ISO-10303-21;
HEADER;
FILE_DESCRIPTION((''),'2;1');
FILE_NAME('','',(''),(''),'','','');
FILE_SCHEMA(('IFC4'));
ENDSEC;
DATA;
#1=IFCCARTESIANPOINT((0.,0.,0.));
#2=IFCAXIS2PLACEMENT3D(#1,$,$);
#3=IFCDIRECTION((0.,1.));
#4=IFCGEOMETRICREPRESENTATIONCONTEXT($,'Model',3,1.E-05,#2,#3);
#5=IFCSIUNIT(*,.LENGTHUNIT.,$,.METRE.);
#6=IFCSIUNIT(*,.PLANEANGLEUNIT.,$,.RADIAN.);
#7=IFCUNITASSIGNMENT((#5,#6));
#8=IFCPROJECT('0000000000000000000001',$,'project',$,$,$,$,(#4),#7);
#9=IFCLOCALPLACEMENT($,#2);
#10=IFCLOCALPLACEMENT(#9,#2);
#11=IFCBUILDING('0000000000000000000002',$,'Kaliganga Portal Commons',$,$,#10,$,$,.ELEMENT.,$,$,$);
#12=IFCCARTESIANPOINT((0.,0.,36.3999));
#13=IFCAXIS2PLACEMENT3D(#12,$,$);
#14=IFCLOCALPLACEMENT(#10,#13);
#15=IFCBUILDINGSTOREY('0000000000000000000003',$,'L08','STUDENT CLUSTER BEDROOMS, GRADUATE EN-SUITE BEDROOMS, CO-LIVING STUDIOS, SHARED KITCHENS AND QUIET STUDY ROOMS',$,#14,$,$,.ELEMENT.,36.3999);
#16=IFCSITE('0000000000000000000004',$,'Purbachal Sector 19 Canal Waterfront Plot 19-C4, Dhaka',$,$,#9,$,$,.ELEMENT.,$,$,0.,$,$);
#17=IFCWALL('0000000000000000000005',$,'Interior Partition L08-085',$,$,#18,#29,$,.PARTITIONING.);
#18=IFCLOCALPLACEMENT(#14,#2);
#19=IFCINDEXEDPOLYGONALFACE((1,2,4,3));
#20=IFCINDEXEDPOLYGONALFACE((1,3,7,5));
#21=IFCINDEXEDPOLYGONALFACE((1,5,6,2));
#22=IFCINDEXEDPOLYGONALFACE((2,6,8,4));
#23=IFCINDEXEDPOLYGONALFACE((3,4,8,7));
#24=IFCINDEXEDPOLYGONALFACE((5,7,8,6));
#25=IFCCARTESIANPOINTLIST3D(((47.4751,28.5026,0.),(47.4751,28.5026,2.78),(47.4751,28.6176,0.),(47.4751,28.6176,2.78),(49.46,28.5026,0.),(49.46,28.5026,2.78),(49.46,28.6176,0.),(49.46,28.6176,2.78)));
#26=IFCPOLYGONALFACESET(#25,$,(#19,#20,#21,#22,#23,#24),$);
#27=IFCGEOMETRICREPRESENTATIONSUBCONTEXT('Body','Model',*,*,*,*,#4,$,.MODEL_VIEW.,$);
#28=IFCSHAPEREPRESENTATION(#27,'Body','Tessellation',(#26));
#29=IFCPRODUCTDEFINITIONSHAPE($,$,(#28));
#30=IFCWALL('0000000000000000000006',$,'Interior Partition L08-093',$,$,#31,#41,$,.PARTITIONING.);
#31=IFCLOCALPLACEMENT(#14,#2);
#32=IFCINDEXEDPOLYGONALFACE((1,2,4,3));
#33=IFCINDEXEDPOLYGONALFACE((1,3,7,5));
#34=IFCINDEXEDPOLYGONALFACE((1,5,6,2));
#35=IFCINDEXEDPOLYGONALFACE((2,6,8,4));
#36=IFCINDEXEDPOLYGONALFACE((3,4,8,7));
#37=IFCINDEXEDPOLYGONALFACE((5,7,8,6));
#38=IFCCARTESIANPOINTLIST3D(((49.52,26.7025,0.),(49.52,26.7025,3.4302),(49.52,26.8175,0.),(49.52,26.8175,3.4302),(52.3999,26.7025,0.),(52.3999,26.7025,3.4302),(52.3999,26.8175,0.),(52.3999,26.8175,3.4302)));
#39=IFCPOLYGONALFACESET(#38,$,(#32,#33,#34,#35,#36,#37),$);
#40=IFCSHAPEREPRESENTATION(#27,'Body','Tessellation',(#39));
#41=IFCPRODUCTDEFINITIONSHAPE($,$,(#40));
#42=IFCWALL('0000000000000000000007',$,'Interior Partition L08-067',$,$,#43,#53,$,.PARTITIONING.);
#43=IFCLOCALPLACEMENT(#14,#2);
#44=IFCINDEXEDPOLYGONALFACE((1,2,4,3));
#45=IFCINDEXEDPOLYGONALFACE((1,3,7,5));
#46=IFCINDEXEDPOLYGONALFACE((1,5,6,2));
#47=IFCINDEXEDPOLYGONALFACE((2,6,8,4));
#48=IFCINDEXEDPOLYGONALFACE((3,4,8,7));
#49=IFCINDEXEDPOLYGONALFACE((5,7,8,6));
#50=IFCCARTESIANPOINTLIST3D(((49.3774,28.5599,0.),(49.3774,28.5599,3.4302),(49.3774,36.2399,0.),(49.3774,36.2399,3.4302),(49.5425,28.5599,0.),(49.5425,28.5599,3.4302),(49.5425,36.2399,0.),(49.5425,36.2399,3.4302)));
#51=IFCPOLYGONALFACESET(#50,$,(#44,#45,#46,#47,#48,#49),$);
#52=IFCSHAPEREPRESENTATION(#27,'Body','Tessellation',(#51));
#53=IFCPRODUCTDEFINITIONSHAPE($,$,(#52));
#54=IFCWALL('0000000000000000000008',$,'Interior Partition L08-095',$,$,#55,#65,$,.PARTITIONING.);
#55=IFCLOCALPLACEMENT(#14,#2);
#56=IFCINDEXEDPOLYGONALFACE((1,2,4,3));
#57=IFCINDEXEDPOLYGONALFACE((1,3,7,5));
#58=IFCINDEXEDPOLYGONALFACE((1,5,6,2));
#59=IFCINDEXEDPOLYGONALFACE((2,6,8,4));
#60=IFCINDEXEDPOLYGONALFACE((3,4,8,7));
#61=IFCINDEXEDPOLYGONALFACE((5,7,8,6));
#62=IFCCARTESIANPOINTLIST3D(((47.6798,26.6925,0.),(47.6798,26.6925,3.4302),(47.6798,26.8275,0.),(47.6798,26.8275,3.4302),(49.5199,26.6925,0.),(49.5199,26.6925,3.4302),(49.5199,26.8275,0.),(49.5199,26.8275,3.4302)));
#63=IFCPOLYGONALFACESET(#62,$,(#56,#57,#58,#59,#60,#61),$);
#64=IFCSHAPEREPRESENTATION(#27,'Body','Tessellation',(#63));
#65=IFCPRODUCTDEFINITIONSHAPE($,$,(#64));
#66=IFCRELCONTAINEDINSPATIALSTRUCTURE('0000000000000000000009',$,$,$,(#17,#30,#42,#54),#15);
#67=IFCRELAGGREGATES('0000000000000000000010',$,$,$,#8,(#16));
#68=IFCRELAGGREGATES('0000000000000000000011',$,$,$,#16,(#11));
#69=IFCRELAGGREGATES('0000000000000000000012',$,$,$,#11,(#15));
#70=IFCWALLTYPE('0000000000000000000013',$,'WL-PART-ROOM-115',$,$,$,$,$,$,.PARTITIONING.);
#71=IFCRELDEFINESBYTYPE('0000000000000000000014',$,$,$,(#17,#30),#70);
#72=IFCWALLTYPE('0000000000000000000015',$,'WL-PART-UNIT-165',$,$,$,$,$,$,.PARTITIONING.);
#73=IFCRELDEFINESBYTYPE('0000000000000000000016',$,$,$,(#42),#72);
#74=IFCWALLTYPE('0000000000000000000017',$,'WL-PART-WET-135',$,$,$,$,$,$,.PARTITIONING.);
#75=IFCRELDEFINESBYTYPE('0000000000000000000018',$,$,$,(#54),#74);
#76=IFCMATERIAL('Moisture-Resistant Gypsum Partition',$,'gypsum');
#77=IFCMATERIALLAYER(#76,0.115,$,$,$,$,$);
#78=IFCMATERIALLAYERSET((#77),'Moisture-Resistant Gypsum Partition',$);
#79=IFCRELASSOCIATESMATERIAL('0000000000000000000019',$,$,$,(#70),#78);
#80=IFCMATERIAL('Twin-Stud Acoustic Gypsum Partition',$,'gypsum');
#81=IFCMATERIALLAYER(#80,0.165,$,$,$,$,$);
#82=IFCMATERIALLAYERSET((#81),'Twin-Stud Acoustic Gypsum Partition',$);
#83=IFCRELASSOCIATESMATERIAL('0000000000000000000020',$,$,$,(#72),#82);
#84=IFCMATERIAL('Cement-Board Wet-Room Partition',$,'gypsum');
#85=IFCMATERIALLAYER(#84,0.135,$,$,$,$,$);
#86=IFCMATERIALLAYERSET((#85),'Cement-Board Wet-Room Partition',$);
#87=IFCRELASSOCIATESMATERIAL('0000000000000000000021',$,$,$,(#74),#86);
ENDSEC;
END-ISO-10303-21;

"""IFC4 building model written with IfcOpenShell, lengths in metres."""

from ifc_helpers import new_model, si_unit, direction, frame, frame_2d, origin, place, context, subcontext, project, spatial, rectangle, extrude, material, layer, layer_set, type_object, element, save


model = new_model("IFC4")

# Units and contexts
model_context = context("Model", 3, precision=1e-05, world=origin(), true_north=direction((0.0, 1.0)))
body_context = subcontext(model_context, "Body", "Model", "MODEL_VIEW")
ifc_project = project(units=[si_unit("LENGTHUNIT", "METRE"), si_unit("PLANEANGLEUNIT", "RADIAN")], contexts=[model_context])

# Site, building, storey
site_placement = place(None, origin())
site = spatial("IfcSite", under=ifc_project, at=site_placement, Name="Purbachal Sector 19 Canal Waterfront Plot 19-C4, Dhaka", CompositionType="ELEMENT", RefElevation=0.0)
building_placement = place(site_placement, origin())
building = spatial("IfcBuilding", under=site, at=building_placement, Name="Kaliganga Portal Commons", CompositionType="ELEMENT")
storey_placement = place(building_placement, frame((0.0, 0.0, 36.3999)))
storey = spatial("IfcBuildingStorey", under=building, at=storey_placement, Name="L08", Description="STUDENT CLUSTER BEDROOMS, GRADUATE EN-SUITE BEDROOMS, CO-LIVING STUDIOS, SHARED KITCHENS AND QUIET STUDY ROOMS", CompositionType="ELEMENT", Elevation=36.3999)

# Walls
ifc_material_1 = material(Name="Moisture-Resistant Gypsum Partition", Category="gypsum")
ifc_layer_1 = layer(ifc_material_1, 0.115)
ifc_layer_set_1 = layer_set([ifc_layer_1], Name="Moisture-Resistant Gypsum Partition")
wall_type_1 = type_object("IfcWallType", Name="WL-PART-ROOM-115", PredefinedType="PARTITIONING", material=ifc_layer_set_1)
wall_1_placement = place(storey_placement, frame((47.4751, 28.5601, 0.0), z_axis=(0.0, 0.0, 1.0), x_axis=(1.0, 0.0, 0.0)))
element("IfcWall", 1, at=wall_1_placement, inside=storey, type_object=wall_type_1, Name="Interior Partition L08-085", PredefinedType="PARTITIONING", context=body_context, shape_type="SweptSolid", body=[
    extrude(rectangle(XDim=1.9849, YDim=0.115, at=frame_2d((0.9924, 0.0))), origin(), (0.0, 0.0, 1.0), 2.78),
])
wall_2_placement = place(storey_placement, frame((49.52, 26.76, 0.0), z_axis=(0.0, 0.0, 1.0), x_axis=(1.0, 0.0, 0.0)))
element("IfcWall", 2, at=wall_2_placement, inside=storey, type_object=wall_type_1, Name="Interior Partition L08-093", PredefinedType="PARTITIONING", context=body_context, shape_type="SweptSolid", body=[
    extrude(rectangle(XDim=2.8799, YDim=0.115, at=frame_2d((1.4399, 0.0))), origin(), (0.0, 0.0, 1.0), 3.4302),
])
ifc_material_2 = material(Name="Twin-Stud Acoustic Gypsum Partition", Category="gypsum")
ifc_layer_2 = layer(ifc_material_2, 0.165)
ifc_layer_set_2 = layer_set([ifc_layer_2], Name="Twin-Stud Acoustic Gypsum Partition")
wall_type_2 = type_object("IfcWallType", Name="WL-PART-UNIT-165", PredefinedType="PARTITIONING", material=ifc_layer_set_2)
wall_3_placement = place(storey_placement, frame((49.46, 28.5601, 0.0), z_axis=(0.0, 0.0, 1.0), x_axis=(0.0, 1.0, 0.0)))
element("IfcWall", 3, at=wall_3_placement, inside=storey, type_object=wall_type_2, Name="Interior Partition L08-067", PredefinedType="PARTITIONING", context=body_context, shape_type="SweptSolid", body=[
    extrude(rectangle(XDim=7.6799, YDim=0.165, at=frame_2d((3.8398, 0.0))), origin(), (0.0, 0.0, 1.0), 3.4302),
])
ifc_material_3 = material(Name="Cement-Board Wet-Room Partition", Category="gypsum")
ifc_layer_3 = layer(ifc_material_3, 0.135)
ifc_layer_set_3 = layer_set([ifc_layer_3], Name="Cement-Board Wet-Room Partition")
wall_type_3 = type_object("IfcWallType", Name="WL-PART-WET-135", PredefinedType="PARTITIONING", material=ifc_layer_set_3)
wall_4_placement = place(storey_placement, frame((47.6799, 26.76, 0.0), z_axis=(0.0, 0.0, 1.0), x_axis=(1.0, 0.0, 0.0)))
element("IfcWall", 4, at=wall_4_placement, inside=storey, type_object=wall_type_3, Name="Interior Partition L08-095", PredefinedType="PARTITIONING", context=body_context, shape_type="SweptSolid", body=[
    extrude(rectangle(XDim=1.8401, YDim=0.135, at=frame_2d((0.9199, 0.0))), origin(), (0.0, 0.0, 1.0), 3.4302),
])

save(model, "model.ifc")
